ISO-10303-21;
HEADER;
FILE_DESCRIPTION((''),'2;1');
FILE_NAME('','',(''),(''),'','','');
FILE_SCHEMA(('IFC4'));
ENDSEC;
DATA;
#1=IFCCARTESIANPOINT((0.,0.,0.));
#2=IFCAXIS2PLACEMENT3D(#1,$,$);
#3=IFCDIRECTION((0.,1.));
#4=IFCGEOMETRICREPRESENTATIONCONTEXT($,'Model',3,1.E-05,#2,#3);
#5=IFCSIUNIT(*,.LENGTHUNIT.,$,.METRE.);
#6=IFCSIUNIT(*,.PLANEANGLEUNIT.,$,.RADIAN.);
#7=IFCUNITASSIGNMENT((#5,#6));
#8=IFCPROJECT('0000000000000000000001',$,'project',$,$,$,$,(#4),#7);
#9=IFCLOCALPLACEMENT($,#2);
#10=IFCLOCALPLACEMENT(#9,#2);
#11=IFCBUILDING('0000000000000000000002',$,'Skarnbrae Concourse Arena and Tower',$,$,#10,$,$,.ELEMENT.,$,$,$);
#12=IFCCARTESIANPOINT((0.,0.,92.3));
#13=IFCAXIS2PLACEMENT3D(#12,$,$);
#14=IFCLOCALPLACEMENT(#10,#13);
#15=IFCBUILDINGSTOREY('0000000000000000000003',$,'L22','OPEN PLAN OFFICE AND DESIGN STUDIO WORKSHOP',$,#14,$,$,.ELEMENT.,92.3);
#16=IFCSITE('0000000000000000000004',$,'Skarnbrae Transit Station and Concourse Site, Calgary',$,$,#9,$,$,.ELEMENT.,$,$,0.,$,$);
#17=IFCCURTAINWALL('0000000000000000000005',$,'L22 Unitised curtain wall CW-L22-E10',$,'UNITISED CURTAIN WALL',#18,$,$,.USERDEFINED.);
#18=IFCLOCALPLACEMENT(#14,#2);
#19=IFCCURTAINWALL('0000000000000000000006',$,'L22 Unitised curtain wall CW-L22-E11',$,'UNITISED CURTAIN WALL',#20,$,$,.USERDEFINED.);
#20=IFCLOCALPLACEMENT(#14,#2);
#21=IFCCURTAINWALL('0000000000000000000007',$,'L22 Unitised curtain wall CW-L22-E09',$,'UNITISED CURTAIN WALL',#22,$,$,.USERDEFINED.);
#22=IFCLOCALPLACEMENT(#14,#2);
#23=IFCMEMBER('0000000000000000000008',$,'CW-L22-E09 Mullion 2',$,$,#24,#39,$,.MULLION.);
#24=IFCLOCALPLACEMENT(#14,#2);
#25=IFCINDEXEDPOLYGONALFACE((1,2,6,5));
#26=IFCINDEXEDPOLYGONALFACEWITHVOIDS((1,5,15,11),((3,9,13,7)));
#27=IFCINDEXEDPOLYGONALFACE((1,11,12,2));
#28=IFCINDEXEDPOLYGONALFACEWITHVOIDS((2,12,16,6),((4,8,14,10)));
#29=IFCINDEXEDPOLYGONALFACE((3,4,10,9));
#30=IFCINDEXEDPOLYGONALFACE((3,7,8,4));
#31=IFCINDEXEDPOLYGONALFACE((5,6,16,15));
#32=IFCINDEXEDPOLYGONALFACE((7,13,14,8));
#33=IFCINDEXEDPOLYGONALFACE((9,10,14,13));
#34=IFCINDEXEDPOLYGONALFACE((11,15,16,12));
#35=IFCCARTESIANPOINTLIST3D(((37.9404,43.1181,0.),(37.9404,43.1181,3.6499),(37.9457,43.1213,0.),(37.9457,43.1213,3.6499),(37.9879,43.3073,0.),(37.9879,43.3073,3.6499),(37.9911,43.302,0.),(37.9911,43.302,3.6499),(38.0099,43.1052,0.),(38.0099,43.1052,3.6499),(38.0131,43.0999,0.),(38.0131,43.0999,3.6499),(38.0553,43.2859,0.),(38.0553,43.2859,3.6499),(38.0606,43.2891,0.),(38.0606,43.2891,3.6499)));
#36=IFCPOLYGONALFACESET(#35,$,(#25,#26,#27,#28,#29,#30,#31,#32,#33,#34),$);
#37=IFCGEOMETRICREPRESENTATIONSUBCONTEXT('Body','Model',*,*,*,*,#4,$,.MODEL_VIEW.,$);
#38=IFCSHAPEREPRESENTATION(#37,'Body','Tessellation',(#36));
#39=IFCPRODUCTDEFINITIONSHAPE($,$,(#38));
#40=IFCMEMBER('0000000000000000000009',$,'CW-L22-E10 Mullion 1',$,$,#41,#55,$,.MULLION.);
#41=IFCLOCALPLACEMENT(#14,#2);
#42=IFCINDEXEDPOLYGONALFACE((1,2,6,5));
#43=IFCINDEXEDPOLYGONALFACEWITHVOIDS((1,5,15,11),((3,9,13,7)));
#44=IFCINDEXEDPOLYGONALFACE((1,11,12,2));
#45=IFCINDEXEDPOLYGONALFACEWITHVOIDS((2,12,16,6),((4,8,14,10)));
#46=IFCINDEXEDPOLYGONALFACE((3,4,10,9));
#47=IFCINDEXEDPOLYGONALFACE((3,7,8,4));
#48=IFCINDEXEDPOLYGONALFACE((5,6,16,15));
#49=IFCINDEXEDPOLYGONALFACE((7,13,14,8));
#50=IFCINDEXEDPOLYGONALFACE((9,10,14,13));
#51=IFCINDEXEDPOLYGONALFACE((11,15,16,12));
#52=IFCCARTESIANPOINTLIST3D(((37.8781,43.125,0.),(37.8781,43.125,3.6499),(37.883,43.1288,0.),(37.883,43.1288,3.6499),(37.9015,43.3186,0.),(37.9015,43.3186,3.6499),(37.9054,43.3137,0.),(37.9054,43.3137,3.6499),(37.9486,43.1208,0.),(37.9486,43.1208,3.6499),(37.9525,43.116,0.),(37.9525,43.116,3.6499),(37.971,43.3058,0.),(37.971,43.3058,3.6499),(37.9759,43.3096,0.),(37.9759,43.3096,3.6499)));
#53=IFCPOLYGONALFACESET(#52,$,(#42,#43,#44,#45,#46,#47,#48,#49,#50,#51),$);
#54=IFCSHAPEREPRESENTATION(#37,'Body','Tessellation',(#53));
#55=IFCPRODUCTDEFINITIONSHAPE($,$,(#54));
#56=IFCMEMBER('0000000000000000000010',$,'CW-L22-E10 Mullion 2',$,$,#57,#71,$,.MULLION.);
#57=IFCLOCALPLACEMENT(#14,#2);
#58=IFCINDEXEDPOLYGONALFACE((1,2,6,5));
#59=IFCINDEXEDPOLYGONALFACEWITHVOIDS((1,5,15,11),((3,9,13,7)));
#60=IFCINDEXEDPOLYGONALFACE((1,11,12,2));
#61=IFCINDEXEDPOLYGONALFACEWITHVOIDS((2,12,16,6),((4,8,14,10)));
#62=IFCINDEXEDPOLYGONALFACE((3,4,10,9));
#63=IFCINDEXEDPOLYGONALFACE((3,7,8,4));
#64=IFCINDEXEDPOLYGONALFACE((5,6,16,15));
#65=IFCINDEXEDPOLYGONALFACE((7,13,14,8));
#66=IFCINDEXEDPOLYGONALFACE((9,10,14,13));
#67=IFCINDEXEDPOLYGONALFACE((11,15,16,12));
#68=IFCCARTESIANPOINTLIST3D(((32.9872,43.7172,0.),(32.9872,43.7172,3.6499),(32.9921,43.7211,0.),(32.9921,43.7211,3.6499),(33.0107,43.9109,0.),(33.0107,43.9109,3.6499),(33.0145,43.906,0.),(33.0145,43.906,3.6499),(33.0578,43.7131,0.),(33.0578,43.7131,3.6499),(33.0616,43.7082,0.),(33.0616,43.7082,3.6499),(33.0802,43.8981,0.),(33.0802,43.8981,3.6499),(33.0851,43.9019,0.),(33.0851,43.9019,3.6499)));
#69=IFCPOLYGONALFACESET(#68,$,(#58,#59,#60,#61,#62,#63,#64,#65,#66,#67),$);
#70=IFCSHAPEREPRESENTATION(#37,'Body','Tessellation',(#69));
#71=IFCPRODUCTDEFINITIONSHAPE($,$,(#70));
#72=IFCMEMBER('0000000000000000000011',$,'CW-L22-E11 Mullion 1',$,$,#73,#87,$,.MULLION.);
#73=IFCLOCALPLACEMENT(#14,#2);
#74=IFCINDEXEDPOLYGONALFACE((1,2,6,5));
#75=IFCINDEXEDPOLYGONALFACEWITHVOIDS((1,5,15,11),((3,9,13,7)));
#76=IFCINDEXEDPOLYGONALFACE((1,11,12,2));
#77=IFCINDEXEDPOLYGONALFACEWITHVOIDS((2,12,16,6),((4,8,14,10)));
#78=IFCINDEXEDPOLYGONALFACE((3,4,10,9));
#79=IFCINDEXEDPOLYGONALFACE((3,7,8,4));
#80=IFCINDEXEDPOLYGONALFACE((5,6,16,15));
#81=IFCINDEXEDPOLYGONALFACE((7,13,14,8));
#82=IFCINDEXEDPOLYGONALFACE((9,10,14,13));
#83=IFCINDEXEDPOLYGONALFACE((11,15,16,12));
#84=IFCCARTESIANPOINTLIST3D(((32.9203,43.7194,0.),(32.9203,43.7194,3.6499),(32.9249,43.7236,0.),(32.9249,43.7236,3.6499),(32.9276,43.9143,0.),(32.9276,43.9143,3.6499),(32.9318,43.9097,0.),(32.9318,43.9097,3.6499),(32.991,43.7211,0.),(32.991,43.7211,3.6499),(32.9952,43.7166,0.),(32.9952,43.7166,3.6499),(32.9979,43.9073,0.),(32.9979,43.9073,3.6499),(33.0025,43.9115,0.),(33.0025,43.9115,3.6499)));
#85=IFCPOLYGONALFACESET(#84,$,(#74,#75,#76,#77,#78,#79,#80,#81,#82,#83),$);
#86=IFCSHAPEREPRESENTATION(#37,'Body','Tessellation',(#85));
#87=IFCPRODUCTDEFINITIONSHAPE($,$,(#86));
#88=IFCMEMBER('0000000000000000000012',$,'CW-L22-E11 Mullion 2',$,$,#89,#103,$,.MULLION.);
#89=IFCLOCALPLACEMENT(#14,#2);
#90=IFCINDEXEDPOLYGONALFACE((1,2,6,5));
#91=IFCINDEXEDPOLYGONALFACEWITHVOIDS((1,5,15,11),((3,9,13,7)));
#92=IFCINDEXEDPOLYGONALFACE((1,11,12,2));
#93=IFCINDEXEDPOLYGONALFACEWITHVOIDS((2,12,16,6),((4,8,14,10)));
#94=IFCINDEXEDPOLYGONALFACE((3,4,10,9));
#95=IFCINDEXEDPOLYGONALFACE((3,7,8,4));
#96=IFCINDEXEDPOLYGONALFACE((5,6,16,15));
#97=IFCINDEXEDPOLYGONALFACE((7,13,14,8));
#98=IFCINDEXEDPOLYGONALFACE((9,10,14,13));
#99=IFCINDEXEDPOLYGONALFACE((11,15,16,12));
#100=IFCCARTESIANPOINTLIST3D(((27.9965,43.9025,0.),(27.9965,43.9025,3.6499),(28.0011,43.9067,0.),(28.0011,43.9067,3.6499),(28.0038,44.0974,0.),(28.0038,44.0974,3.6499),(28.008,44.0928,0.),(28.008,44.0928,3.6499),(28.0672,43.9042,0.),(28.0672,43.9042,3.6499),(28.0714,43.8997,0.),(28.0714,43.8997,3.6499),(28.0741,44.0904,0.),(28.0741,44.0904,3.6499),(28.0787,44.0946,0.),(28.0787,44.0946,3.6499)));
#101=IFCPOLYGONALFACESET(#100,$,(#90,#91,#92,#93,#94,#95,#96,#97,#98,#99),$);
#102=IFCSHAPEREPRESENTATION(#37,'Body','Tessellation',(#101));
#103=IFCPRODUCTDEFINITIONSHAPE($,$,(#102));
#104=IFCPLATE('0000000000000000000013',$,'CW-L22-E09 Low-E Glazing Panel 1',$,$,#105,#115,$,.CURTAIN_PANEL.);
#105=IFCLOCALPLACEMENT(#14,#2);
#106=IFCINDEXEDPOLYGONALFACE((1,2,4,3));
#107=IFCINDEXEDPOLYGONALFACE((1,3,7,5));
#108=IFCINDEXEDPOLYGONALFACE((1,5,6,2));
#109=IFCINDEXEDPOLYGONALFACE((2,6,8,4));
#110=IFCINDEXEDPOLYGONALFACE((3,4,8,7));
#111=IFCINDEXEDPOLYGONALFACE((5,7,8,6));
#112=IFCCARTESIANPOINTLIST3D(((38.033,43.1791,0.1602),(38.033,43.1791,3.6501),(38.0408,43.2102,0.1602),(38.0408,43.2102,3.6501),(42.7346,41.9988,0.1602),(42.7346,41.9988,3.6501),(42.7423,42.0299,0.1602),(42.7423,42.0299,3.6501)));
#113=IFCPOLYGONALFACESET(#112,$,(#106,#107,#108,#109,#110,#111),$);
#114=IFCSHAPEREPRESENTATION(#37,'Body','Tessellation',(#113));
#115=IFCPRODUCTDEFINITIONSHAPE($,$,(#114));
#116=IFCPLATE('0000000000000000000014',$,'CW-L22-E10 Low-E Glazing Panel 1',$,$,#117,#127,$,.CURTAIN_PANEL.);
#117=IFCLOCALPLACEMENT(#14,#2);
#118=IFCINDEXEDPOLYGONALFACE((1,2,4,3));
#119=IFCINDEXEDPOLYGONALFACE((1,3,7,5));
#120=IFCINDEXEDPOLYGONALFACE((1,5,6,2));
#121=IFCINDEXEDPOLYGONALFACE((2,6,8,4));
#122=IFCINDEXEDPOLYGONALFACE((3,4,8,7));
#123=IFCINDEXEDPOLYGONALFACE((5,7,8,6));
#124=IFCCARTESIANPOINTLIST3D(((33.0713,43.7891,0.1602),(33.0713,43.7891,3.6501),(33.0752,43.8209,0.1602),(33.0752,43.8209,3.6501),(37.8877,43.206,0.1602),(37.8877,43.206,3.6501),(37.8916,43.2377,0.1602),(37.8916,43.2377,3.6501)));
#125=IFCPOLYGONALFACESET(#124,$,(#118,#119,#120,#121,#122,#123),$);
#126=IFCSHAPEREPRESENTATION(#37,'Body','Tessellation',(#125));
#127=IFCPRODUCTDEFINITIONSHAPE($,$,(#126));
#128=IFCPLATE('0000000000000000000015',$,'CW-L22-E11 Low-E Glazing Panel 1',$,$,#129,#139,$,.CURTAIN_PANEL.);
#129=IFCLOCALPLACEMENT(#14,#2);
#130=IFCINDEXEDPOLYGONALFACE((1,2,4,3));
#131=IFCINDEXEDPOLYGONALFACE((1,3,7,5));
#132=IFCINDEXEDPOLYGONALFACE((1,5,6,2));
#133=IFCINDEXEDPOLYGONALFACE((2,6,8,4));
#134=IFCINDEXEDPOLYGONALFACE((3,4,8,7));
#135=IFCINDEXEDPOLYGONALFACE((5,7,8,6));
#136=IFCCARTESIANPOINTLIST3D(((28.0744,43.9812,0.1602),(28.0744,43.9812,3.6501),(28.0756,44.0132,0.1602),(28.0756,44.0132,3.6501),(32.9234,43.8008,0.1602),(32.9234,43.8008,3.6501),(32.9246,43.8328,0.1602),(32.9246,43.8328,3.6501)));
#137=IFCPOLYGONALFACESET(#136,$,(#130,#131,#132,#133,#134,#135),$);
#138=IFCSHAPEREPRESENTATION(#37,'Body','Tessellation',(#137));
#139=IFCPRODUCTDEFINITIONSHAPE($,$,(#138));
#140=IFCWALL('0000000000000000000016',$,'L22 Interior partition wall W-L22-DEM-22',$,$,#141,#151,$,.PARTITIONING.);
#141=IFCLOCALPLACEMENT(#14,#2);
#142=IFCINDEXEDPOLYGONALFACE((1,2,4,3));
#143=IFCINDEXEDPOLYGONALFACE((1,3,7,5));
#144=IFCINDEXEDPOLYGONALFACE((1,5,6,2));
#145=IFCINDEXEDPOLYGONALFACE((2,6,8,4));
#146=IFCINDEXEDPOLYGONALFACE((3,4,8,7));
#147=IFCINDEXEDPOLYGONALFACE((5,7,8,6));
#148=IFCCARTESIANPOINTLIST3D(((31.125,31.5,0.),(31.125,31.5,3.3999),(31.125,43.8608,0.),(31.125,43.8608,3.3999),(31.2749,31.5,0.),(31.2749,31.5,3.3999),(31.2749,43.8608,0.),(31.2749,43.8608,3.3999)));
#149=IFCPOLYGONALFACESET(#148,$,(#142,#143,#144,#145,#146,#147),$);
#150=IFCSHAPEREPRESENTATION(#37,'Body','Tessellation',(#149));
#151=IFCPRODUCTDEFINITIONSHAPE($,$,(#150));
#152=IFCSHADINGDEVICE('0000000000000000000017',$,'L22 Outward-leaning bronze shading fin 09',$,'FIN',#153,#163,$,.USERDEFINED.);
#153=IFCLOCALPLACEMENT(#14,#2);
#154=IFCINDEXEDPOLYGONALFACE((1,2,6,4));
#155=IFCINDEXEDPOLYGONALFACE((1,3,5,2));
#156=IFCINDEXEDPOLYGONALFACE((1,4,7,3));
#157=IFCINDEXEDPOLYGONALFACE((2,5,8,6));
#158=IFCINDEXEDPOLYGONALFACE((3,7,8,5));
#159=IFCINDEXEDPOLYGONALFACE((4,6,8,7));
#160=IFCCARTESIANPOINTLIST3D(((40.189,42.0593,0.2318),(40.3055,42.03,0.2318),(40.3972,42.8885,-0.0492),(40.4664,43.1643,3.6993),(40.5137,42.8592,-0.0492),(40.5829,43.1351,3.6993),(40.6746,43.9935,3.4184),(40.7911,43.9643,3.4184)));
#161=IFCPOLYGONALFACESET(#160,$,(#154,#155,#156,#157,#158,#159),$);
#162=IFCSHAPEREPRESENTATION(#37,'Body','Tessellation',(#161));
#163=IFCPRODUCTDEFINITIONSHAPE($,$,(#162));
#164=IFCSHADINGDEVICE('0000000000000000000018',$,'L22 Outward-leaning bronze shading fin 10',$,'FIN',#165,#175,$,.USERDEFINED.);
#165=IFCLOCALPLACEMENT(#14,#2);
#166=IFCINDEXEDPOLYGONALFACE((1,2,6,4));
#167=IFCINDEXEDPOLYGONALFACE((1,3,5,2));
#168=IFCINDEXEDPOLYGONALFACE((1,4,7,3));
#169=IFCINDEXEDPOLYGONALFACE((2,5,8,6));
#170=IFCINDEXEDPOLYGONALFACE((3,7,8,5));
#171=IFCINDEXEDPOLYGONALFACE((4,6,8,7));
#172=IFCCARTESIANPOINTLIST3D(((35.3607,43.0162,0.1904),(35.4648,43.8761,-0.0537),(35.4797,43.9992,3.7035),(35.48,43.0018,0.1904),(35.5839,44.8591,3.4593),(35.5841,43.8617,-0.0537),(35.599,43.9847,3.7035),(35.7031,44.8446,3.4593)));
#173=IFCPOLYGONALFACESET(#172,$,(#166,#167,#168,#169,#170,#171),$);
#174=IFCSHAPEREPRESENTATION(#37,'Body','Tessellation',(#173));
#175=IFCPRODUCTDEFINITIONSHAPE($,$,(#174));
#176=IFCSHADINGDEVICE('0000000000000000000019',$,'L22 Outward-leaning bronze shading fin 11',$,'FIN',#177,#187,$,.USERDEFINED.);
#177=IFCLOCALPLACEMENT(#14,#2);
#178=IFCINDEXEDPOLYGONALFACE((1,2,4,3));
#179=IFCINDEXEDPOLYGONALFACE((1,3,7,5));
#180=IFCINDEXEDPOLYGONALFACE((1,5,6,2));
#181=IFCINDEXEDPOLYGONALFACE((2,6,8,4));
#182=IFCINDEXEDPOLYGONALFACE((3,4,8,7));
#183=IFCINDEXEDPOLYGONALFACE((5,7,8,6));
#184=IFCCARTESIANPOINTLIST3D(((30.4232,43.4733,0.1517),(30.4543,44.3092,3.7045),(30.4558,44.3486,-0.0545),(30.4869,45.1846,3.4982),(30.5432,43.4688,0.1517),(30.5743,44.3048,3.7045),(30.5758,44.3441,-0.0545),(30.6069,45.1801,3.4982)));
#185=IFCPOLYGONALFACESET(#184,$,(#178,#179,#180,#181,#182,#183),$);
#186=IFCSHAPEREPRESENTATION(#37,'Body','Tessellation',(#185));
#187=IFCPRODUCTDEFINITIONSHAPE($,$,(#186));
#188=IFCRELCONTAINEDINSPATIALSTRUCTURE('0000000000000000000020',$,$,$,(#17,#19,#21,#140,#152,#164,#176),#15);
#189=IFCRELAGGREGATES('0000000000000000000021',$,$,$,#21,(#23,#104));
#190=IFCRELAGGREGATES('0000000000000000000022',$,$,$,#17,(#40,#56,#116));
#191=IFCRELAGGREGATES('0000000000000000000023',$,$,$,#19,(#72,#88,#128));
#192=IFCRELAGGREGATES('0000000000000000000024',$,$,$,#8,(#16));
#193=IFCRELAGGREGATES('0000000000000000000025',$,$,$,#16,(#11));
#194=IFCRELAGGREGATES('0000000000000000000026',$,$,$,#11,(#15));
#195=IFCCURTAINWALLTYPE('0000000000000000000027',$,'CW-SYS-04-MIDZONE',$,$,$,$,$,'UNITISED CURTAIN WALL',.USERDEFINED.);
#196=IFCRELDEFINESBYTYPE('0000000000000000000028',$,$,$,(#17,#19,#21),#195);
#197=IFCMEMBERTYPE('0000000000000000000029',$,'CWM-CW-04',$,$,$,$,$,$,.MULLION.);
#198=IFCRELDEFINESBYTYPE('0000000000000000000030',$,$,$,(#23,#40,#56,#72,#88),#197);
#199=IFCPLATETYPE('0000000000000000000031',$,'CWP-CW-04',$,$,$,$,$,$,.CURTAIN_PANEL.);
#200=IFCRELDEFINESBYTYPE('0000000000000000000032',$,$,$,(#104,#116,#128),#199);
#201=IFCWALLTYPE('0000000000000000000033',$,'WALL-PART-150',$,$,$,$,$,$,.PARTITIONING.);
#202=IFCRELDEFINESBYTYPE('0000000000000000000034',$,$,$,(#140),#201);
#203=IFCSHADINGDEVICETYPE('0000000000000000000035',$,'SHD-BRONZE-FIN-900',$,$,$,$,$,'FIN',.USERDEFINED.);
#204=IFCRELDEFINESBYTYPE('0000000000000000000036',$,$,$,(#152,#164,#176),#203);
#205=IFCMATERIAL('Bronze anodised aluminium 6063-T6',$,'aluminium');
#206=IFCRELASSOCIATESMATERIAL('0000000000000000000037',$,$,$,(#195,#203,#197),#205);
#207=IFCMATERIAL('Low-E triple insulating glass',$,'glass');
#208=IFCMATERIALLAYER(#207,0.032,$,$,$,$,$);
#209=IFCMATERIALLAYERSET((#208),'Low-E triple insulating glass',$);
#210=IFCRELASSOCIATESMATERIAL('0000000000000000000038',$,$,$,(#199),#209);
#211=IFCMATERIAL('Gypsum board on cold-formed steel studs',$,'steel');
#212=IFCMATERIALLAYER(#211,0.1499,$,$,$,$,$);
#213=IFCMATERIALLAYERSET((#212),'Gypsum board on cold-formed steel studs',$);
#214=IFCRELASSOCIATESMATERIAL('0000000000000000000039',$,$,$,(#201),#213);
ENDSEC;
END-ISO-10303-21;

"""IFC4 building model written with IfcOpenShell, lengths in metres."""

from ifc_helpers import new_model, si_unit, direction, frame, frame_2d, origin, origin_2d, place, context, subcontext, project, spatial, rectangle, hollow_rectangle, extrude, source, transform, mapped, material, layer, layer_set, material_profile, profile_set, type_object, element, aggregate, save


model = new_model("IFC4")

# Units and contexts
model_context = context("Model", 3, precision=1e-05, world=origin(), true_north=direction((0.0, 1.0)))
body_context = subcontext(model_context, "Body", "Model", "MODEL_VIEW")
ifc_project = project(units=[si_unit("LENGTHUNIT", "METRE"), si_unit("PLANEANGLEUNIT", "RADIAN")], contexts=[model_context])

# Site, building, storey
site_placement = place(None, origin())
site = spatial("IfcSite", under=ifc_project, at=site_placement, Name="Skarnbrae Transit Station and Concourse Site, Calgary", CompositionType="ELEMENT", RefElevation=0.0)
building_placement = place(site_placement, origin())
building = spatial("IfcBuilding", under=site, at=building_placement, Name="Skarnbrae Concourse Arena and Tower", CompositionType="ELEMENT")
storey_placement = place(building_placement, frame((0.0, 0.0, 92.3)))
storey = spatial("IfcBuildingStorey", under=building, at=storey_placement, Name="L22", Description="OPEN PLAN OFFICE AND DESIGN STUDIO WORKSHOP", CompositionType="ELEMENT", Elevation=92.3)

# Curtain walls, member
ifc_material_1 = material(Name="Bronze anodised aluminium 6063-T6", Category="aluminium")
curtain_wall_type = type_object("IfcCurtainWallType", Name="CW-SYS-04-MIDZONE", ElementType="UNITISED CURTAIN WALL", PredefinedType="USERDEFINED", material=ifc_material_1)
curtain_wall_1_placement = place(storey_placement, origin())
curtain_wall_1 = element("IfcCurtainWall", 1, at=curtain_wall_1_placement, inside=storey, type_object=curtain_wall_type, Name="L22 Unitised curtain wall CW-L22-E10", ObjectType="UNITISED CURTAIN WALL", PredefinedType="USERDEFINED")
curtain_wall_2_placement = place(storey_placement, origin())
curtain_wall_2 = element("IfcCurtainWall", 2, at=curtain_wall_2_placement, inside=storey, type_object=curtain_wall_type, Name="L22 Unitised curtain wall CW-L22-E11", ObjectType="UNITISED CURTAIN WALL", PredefinedType="USERDEFINED")
curtain_wall_3_placement = place(storey_placement, origin())
curtain_wall_3 = element("IfcCurtainWall", 3, at=curtain_wall_3_placement, inside=storey, type_object=curtain_wall_type, Name="L22 Unitised curtain wall CW-L22-E09", ObjectType="UNITISED CURTAIN WALL", PredefinedType="USERDEFINED")
ifc_material_profile_1 = material_profile(ifc_material_1, hollow_rectangle(XDim=0.075, YDim=0.1951, WallThickness=0.0044, at=origin_2d()), Name="ALU-MULL-75X195")
ifc_profile_set_1 = profile_set([ifc_material_profile_1], Name="Bronze anodised aluminium 6063-T6")
member_type_1 = type_object("IfcMemberType", Name="CWM-CW-04", PredefinedType="MULLION", material=ifc_profile_set_1)
shared_shape_1 = source(origin(), body_context, "Body", "SweptSolid", [
    extrude(hollow_rectangle(XDim=0.075, YDim=0.1951, WallThickness=0.0044, at=origin_2d()), origin(), (0.0, 0.0, 1.0), 3.6499),
])
member_1_placement = place(storey_placement, frame((38.0005, 43.2036, 0.0), z_axis=(0.0, 0.0, 1.0), x_axis=(-0.969903, 0.243491, 0.0)))
member_1 = element("IfcMember", 4, at=member_1_placement, type_object=member_type_1, Name="CW-L22-E09 Mullion 2", PredefinedType="MULLION", context=body_context, shape_type="MappedRepresentation", body=[
    mapped(shared_shape_1, transform((0.0, 0.0, 0.0))),
])

# Members
member_2_placement = place(storey_placement, frame((37.927, 43.2173, 0.0), z_axis=(0.0, 0.0, 1.0), x_axis=(-0.992749, 0.120203, 0.0)))
member_2 = element("IfcMember", 5, at=member_2_placement, type_object=member_type_1, Name="CW-L22-E10 Mullion 1", PredefinedType="MULLION", context=body_context, shape_type="MappedRepresentation", body=[
    mapped(shared_shape_1, transform((0.0, 0.0, 0.0))),
])
member_3_placement = place(storey_placement, frame((33.0361, 43.8096, 0.0), z_axis=(0.0, 0.0, 1.0), x_axis=(-0.992749, 0.120203, 0.0)))
member_3 = element("IfcMember", 6, at=member_3_placement, type_object=member_type_1, Name="CW-L22-E10 Mullion 2", PredefinedType="MULLION", context=body_context, shape_type="MappedRepresentation", body=[
    mapped(shared_shape_1, transform((0.0, 0.0, 0.0))),
])
member_4_placement = place(storey_placement, frame((32.9614, 43.8154, 0.0), z_axis=(0.0, 0.0, 1.0), x_axis=(-0.999308, 0.037183, 0.0)))
member_4 = element("IfcMember", 7, at=member_4_placement, type_object=member_type_1, Name="CW-L22-E11 Mullion 1", PredefinedType="MULLION", context=body_context, shape_type="MappedRepresentation", body=[
    mapped(shared_shape_1, transform((0.0, 0.0, 0.0))),
])
member_5_placement = place(storey_placement, frame((28.0376, 43.9985, 0.0), z_axis=(0.0, 0.0, 1.0), x_axis=(-0.999308, 0.037183, 0.0)))
member_5 = element("IfcMember", 8, at=member_5_placement, type_object=member_type_1, Name="CW-L22-E11 Mullion 2", PredefinedType="MULLION", context=body_context, shape_type="MappedRepresentation", body=[
    mapped(shared_shape_1, transform((0.0, 0.0, 0.0))),
])

# Plates
ifc_material_2 = material(Name="Low-E triple insulating glass", Category="glass")
ifc_layer_1 = layer(ifc_material_2, 0.032)
ifc_layer_set_1 = layer_set([ifc_layer_1], Name="Low-E triple insulating glass")
plate_type = type_object("IfcPlateType", Name="CWP-CW-04", PredefinedType="CURTAIN_PANEL", material=ifc_layer_set_1)
shared_shape_2 = source(origin(), body_context, "Body", "SweptSolid", [
    extrude(rectangle(XDim=4.8474, YDim=0.032, at=origin_2d()), origin(), (0.0, 0.0, 1.0), 3.49),
])
plate_1_placement = place(storey_placement, frame((40.3877, 42.6045, 0.1602), z_axis=(0.0, 0.0, 1.0), x_axis=(-0.969903, 0.243491, 0.0)))
plate_1 = element("IfcPlate", 9, at=plate_1_placement, type_object=plate_type, Name="CW-L22-E09 Low-E Glazing Panel 1", PredefinedType="CURTAIN_PANEL", context=body_context, shape_type="MappedRepresentation", body=[
    mapped(shared_shape_2, transform((0.0, 0.0, 0.0))),
])
aggregate(curtain_wall_3, [member_1, plate_1])
shared_shape_3 = source(origin(), body_context, "Body", "SweptSolid", [
    extrude(rectangle(XDim=4.8516, YDim=0.032, at=origin_2d()), origin(), (0.0, 0.0, 1.0), 3.49),
])
plate_2_placement = place(storey_placement, frame((35.4814, 43.5134, 0.1602), z_axis=(0.0, 0.0, 1.0), x_axis=(-0.992749, 0.120203, 0.0)))
plate_2 = element("IfcPlate", 10, at=plate_2_placement, type_object=plate_type, Name="CW-L22-E10 Low-E Glazing Panel 1", PredefinedType="CURTAIN_PANEL", context=body_context, shape_type="MappedRepresentation", body=[
    mapped(shared_shape_3, transform((0.0, 0.0, 0.0))),
])
aggregate(curtain_wall_1, [member_2, member_3, plate_2])
shared_shape_4 = source(origin(), body_context, "Body", "SweptSolid", [
    extrude(rectangle(XDim=4.8523, YDim=0.032, at=origin_2d()), origin(), (0.0, 0.0, 1.0), 3.49),
])
plate_3_placement = place(storey_placement, frame((30.4995, 43.907, 0.1602), z_axis=(0.0, 0.0, 1.0), x_axis=(-0.999308, 0.037183, 0.0)))
plate_3 = element("IfcPlate", 11, at=plate_3_placement, type_object=plate_type, Name="CW-L22-E11 Low-E Glazing Panel 1", PredefinedType="CURTAIN_PANEL", context=body_context, shape_type="MappedRepresentation", body=[
    mapped(shared_shape_4, transform((0.0, 0.0, 0.0))),
])
aggregate(curtain_wall_2, [member_4, member_5, plate_3])

# Wall
ifc_material_3 = material(Name="Gypsum board on cold-formed steel studs", Category="steel")
ifc_layer_2 = layer(ifc_material_3, 0.1499)
ifc_layer_set_2 = layer_set([ifc_layer_2], Name="Gypsum board on cold-formed steel studs")
wall_type = type_object("IfcWallType", Name="WALL-PART-150", PredefinedType="PARTITIONING", material=ifc_layer_set_2)
shared_shape_5 = source(origin(), body_context, "Body", "SweptSolid", [
    extrude(rectangle(XDim=12.3608, YDim=0.1499, at=frame_2d((6.1804, 0.0))), origin(), (0.0, 0.0, 1.0), 3.3999),
])
wall_placement = place(storey_placement, frame((31.2, 43.8608, 0.0), z_axis=(0.0, 0.0, 1.0), x_axis=(0.0, -1.0, 0.0)))
element("IfcWall", 12, at=wall_placement, inside=storey, type_object=wall_type, Name="L22 Interior partition wall W-L22-DEM-22", PredefinedType="PARTITIONING", context=body_context, shape_type="MappedRepresentation", body=[
    mapped(shared_shape_5, transform((0.0, 0.0, 0.0))),
])

# Shading devices
shading_device_type = type_object("IfcShadingDeviceType", Name="SHD-BRONZE-FIN-900", ElementType="FIN", PredefinedType="USERDEFINED", material=ifc_material_1)
shared_shape_6 = source(origin(), body_context, "Body", "SweptSolid", [
    extrude(rectangle(XDim=0.1201, YDim=0.8999, at=origin_2d()), origin(), (0.0, 0.0, 1.0), 3.6499),
])
for number, where, z_axis, x_axis, name in (
    (13, (40.3513, 42.4592, 0.0913), (0.076012, 0.302773, 0.950027), (0.969902, -0.243497, 0.0), "L22 Outward-leaning bronze shading fin 09"),
    (14, (35.4724, 43.439, 0.0684), (0.032609, 0.269305, 0.962503), (0.992749, -0.120206, 0.0), "L22 Outward-leaning bronze shading fin 10"),
    (15, (30.4995, 43.9087, 0.0486), (0.008523, 0.229042, 0.973379), (0.999308, -0.037184, 0.0), "L22 Outward-leaning bronze shading fin 11"),
):
    element("IfcShadingDevice", number, at=place(storey_placement, frame(where, z_axis=z_axis, x_axis=x_axis)), inside=storey, type_object=shading_device_type, Name=name, ObjectType="FIN", PredefinedType="USERDEFINED", context=body_context, shape_type="MappedRepresentation", body=[
        mapped(shared_shape_6, transform((0.0, 0.0, 0.0))),
    ])

save(model, "model.ifc")
